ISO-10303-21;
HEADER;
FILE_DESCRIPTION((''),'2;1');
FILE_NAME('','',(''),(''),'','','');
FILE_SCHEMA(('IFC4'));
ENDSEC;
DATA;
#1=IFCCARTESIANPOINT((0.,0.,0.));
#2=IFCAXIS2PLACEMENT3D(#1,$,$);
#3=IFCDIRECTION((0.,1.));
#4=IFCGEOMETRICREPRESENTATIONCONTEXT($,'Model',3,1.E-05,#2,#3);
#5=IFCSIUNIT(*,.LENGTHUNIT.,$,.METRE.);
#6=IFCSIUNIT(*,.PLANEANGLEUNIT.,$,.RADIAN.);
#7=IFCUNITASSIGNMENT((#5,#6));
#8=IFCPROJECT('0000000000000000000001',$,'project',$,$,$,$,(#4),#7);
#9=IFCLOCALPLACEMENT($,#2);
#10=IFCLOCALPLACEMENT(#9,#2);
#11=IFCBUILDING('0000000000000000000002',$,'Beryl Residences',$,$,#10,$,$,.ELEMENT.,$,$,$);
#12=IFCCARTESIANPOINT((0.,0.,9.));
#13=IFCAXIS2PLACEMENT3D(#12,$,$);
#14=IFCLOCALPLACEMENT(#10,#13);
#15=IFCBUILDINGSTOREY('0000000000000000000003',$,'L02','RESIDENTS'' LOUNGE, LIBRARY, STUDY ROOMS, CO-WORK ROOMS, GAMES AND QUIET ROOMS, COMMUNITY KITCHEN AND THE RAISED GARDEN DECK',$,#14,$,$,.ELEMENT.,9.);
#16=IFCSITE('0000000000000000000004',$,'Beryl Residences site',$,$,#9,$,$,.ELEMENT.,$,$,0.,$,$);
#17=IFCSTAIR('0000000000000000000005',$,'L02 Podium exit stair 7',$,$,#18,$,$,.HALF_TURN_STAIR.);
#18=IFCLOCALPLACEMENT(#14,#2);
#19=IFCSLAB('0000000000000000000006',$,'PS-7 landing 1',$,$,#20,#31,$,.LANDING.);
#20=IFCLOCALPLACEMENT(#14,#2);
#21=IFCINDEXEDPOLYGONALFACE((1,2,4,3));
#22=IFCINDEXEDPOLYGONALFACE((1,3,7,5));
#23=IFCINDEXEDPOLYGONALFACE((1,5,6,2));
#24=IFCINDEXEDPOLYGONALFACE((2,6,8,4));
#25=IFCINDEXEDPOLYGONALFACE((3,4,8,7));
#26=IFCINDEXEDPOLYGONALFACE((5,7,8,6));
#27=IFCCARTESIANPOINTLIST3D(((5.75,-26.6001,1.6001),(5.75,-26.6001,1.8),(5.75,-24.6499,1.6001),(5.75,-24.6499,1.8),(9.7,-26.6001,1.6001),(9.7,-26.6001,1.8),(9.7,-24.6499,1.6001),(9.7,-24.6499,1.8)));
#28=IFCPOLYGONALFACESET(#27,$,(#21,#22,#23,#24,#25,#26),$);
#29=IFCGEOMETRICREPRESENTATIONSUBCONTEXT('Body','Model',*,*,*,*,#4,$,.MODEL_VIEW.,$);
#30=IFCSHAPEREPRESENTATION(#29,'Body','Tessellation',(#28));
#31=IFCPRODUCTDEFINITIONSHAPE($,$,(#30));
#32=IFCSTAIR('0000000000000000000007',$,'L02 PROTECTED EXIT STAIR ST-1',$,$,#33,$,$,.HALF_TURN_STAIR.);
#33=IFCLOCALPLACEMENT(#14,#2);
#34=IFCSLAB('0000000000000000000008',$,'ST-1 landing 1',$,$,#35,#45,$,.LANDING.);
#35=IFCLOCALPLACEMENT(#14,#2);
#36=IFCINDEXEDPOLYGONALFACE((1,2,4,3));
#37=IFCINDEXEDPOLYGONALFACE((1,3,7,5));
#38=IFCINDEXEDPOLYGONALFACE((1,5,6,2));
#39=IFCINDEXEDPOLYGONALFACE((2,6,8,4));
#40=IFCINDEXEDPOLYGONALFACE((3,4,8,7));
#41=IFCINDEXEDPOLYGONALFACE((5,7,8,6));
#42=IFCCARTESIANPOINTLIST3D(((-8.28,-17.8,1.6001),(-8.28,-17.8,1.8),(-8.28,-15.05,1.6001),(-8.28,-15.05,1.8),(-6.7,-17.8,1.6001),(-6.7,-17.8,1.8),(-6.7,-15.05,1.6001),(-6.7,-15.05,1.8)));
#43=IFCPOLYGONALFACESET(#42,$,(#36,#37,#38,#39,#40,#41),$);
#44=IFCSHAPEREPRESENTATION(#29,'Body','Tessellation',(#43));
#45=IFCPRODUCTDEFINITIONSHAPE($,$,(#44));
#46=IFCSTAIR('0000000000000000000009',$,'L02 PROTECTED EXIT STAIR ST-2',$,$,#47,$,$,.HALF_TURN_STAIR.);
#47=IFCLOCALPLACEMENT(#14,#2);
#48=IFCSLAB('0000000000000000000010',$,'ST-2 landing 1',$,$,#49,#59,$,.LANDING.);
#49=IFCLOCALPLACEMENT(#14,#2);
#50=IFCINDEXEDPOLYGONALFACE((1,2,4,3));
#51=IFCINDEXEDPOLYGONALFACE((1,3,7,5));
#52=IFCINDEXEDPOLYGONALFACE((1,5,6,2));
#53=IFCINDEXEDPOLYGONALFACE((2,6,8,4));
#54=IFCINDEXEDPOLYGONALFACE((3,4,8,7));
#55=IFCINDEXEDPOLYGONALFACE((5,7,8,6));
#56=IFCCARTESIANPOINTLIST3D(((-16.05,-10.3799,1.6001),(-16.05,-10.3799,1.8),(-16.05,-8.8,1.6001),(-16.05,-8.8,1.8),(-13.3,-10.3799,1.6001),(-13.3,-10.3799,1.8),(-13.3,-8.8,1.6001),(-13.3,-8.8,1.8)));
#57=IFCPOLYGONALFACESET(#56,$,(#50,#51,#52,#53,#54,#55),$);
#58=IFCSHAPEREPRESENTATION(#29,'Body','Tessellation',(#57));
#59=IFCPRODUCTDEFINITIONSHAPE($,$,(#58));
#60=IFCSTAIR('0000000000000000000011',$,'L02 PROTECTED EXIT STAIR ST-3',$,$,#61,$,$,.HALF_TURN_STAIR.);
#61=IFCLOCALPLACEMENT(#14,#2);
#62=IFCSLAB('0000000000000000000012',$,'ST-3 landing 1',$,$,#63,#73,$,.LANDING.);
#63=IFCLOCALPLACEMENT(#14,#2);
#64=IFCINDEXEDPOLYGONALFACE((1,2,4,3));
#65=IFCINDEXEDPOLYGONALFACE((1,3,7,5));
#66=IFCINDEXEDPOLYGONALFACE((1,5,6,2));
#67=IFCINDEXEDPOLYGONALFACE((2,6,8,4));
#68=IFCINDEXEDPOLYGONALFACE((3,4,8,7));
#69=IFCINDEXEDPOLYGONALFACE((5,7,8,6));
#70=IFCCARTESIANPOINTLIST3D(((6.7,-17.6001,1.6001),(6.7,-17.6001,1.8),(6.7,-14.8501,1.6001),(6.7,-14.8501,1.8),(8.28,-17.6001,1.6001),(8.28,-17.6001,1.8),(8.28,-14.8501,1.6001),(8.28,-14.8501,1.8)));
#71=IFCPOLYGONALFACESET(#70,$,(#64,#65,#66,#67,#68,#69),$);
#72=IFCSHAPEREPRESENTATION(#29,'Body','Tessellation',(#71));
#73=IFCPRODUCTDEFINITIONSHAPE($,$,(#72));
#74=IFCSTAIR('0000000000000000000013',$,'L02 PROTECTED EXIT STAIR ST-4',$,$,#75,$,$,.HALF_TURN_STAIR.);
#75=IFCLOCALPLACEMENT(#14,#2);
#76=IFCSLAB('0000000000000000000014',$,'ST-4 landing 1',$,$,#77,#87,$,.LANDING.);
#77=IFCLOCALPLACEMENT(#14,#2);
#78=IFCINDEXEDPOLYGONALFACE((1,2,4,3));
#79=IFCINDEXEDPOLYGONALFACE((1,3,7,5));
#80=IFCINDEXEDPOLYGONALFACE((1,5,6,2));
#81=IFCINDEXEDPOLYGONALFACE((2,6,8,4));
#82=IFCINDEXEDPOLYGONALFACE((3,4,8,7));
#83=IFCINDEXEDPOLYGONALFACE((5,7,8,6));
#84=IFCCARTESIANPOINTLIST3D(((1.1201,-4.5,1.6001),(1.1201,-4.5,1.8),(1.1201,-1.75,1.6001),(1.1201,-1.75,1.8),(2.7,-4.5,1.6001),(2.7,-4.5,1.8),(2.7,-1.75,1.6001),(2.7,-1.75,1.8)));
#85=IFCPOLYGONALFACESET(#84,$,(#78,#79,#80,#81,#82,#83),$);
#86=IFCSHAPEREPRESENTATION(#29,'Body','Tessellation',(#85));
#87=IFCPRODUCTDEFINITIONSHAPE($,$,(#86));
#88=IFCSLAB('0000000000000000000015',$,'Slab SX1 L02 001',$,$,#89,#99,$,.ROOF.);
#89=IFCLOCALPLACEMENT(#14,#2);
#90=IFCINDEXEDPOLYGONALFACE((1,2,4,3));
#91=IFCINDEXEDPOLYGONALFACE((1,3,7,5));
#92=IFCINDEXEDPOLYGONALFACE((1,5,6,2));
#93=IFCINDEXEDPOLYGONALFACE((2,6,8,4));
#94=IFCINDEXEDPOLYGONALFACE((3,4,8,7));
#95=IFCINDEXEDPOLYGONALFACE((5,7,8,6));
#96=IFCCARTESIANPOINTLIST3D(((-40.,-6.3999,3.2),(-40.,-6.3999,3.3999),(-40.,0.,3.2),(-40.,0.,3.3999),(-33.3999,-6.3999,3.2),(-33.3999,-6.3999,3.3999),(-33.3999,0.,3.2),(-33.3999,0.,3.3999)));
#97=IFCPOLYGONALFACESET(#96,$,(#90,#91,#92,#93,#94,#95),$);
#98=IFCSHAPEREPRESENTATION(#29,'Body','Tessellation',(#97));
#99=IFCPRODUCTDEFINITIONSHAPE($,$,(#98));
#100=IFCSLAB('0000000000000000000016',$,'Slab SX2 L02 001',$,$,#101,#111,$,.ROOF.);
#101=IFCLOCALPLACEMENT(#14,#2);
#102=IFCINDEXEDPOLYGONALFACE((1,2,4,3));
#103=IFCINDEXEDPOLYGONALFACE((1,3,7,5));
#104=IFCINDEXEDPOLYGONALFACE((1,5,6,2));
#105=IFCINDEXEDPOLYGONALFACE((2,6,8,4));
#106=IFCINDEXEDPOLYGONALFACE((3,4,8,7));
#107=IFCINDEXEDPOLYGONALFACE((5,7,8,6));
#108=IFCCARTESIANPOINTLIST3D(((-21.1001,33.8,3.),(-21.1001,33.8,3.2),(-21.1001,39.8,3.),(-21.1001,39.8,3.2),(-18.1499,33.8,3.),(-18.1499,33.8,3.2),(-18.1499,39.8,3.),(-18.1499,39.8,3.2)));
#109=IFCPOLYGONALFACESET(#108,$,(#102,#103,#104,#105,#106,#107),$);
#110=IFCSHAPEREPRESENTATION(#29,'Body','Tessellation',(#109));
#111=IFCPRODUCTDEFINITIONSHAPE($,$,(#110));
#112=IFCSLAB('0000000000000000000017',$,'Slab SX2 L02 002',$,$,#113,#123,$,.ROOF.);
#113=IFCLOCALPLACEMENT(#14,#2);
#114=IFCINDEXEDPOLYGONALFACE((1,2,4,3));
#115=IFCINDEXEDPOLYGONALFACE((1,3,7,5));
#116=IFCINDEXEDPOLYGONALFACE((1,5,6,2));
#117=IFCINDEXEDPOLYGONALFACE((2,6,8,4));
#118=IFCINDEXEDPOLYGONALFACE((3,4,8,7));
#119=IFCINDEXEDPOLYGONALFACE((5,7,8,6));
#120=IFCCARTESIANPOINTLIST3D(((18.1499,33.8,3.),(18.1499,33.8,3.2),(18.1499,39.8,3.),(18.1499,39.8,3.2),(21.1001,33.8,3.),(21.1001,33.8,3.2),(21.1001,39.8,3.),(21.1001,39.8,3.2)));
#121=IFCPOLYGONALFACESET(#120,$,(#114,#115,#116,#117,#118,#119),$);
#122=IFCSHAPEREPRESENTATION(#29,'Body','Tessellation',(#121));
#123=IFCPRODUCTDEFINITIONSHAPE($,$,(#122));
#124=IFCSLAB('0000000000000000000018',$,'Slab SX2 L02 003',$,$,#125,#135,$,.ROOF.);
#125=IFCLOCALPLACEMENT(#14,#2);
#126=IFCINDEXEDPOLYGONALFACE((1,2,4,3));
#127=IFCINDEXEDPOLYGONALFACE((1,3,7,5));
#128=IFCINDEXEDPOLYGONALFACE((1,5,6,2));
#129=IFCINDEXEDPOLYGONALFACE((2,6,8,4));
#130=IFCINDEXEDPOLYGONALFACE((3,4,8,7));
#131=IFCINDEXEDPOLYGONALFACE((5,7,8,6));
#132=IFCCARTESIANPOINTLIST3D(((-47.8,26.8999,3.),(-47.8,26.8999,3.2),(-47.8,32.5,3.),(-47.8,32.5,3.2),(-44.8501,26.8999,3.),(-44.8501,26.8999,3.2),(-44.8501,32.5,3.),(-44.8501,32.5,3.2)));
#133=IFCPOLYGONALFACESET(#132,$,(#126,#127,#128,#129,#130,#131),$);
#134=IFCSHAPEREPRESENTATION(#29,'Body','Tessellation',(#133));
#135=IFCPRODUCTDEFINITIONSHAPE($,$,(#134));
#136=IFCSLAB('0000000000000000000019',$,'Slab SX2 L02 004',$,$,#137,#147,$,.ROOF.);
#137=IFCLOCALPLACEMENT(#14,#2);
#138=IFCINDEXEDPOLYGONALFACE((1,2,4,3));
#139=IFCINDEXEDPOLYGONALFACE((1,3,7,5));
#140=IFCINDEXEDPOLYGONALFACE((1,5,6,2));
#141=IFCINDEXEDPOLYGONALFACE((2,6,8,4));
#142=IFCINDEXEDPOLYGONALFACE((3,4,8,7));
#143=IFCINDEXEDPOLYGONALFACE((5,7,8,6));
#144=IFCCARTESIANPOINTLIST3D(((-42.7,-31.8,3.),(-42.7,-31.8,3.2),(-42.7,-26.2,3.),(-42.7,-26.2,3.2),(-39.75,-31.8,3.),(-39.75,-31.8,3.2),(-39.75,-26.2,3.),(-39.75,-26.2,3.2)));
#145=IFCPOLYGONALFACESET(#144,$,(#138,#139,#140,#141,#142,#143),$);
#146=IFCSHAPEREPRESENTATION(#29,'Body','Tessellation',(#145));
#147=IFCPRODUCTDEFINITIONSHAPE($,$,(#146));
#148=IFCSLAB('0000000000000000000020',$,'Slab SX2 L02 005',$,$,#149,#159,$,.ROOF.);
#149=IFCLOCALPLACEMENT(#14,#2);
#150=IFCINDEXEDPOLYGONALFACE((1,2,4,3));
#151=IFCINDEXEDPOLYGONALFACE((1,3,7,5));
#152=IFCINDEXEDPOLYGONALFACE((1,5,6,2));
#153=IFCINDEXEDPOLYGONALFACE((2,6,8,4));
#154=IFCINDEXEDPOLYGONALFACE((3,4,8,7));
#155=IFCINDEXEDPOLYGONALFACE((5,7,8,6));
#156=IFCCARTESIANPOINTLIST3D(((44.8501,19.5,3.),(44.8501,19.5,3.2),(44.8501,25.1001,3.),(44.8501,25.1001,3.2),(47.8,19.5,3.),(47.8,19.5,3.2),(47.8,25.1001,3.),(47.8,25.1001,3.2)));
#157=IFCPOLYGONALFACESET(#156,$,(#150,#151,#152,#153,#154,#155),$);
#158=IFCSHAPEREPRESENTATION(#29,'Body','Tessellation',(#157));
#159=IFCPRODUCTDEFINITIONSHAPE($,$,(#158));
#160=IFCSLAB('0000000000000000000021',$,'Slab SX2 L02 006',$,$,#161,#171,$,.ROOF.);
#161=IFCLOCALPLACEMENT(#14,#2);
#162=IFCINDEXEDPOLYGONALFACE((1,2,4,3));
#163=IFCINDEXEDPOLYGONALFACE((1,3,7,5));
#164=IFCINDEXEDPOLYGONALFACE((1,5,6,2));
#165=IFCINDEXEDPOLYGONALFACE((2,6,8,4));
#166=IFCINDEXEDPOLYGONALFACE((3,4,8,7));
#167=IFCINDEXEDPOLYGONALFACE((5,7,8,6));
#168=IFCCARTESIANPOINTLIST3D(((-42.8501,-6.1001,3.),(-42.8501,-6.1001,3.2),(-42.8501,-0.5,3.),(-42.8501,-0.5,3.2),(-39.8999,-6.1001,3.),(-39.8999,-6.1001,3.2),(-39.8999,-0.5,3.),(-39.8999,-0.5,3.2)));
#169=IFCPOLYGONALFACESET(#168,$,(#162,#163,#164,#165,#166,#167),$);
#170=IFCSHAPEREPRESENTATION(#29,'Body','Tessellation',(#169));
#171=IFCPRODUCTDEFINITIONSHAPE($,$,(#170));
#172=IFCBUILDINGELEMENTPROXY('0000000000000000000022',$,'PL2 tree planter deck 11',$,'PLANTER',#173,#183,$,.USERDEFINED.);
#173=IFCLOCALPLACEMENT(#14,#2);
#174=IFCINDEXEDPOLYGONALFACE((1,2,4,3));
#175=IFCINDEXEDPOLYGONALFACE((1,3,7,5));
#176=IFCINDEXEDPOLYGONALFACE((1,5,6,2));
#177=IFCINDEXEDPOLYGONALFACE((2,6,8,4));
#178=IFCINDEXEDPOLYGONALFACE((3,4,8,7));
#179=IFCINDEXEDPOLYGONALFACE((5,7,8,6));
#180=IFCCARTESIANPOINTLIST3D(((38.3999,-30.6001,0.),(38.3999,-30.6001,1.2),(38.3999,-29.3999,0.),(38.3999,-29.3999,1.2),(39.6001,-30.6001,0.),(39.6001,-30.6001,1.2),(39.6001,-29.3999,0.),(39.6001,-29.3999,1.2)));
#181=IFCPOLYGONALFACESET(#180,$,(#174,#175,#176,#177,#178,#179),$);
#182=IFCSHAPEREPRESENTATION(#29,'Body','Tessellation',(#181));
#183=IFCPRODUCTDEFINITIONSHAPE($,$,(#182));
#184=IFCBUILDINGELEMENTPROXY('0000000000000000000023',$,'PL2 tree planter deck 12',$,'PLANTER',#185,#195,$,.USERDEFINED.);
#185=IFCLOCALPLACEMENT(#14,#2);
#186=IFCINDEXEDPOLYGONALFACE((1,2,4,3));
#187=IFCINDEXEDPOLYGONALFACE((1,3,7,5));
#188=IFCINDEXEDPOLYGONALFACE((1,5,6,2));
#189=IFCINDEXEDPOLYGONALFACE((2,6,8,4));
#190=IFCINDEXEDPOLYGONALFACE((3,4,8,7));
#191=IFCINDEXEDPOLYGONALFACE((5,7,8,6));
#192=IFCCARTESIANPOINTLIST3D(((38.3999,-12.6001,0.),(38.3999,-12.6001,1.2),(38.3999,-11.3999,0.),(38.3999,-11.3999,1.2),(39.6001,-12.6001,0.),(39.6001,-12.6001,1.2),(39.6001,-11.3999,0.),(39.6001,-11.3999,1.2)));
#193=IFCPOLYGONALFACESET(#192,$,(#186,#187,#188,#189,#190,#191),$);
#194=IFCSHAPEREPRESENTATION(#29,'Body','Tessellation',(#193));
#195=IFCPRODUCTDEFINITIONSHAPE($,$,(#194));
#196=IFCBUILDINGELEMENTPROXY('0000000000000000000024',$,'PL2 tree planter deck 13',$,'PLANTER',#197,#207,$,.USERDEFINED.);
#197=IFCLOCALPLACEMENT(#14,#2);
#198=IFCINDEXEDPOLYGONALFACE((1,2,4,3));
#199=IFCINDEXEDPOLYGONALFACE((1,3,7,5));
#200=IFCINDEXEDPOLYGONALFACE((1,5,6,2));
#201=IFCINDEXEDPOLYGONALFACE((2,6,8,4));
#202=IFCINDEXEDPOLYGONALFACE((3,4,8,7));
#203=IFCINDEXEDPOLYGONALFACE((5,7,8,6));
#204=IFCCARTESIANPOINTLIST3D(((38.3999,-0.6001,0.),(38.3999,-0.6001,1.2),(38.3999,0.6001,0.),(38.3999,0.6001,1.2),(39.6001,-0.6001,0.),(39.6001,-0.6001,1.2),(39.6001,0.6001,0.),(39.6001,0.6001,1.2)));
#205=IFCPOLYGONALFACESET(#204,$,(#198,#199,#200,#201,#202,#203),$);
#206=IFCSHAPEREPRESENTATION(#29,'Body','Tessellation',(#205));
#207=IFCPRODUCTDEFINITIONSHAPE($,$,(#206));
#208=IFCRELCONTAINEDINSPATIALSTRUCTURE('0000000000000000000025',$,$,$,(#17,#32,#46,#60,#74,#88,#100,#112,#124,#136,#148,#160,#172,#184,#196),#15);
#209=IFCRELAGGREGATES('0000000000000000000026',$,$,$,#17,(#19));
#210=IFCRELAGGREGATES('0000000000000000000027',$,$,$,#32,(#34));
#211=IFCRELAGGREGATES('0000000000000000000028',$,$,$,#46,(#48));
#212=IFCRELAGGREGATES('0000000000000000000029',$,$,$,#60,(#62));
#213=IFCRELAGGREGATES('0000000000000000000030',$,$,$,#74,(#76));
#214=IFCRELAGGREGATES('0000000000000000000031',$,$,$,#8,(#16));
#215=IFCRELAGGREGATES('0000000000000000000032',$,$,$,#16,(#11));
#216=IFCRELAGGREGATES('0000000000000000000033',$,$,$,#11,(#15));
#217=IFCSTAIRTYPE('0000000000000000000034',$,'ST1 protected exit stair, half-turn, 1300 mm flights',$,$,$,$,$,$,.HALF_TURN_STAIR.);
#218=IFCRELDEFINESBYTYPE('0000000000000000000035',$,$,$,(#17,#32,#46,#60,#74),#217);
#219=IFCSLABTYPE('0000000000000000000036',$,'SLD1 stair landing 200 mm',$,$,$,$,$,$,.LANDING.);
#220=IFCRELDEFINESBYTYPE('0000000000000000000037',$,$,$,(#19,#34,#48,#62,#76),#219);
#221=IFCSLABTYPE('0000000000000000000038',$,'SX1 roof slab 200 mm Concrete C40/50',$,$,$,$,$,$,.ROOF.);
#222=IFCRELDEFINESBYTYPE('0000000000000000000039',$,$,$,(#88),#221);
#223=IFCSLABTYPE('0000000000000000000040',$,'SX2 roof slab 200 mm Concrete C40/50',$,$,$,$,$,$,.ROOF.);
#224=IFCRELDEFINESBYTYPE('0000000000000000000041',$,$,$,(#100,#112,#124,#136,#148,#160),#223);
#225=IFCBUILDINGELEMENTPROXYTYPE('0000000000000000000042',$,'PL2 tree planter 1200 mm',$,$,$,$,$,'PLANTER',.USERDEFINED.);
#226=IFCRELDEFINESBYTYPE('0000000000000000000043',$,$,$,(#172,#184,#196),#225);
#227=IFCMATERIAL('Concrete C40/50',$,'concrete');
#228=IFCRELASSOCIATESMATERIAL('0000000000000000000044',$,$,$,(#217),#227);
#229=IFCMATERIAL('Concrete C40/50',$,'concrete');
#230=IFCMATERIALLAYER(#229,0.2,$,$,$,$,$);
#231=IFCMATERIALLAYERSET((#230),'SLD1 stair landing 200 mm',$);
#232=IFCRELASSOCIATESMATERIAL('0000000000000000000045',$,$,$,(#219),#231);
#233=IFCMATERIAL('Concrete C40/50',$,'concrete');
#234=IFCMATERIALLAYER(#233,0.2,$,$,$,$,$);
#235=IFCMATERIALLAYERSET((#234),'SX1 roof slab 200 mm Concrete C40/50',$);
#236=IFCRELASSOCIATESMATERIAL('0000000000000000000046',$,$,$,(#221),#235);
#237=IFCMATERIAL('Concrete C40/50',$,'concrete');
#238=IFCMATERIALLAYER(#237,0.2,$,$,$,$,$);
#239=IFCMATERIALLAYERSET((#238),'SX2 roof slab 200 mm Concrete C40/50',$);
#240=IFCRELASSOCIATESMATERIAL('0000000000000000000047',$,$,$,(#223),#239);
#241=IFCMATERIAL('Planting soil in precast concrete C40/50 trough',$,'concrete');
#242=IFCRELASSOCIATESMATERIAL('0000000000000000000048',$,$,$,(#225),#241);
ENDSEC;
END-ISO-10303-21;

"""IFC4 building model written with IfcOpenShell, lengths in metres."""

from ifc_helpers import new_model, si_unit, direction, frame, origin, place, context, subcontext, project, spatial, polyline, outline, extrude, material, layer, layer_set, type_object, element, aggregate, save


model = new_model("IFC4")

# Units and contexts
model_context = context("Model", 3, precision=1e-05, world=origin(), true_north=direction((0.0, 1.0)))
body_context = subcontext(model_context, "Body", "Model", "MODEL_VIEW")
ifc_project = project(units=[si_unit("LENGTHUNIT", "METRE"), si_unit("PLANEANGLEUNIT", "RADIAN")], contexts=[model_context])

# Site, building, storey
site_placement = place(None, origin())
site = spatial("IfcSite", under=ifc_project, at=site_placement, Name="Beryl Residences site", CompositionType="ELEMENT", RefElevation=0.0)
building_placement = place(site_placement, origin())
building = spatial("IfcBuilding", under=site, at=building_placement, Name="Beryl Residences", CompositionType="ELEMENT")
storey_placement = place(building_placement, frame((0.0, 0.0, 9.0)))
storey = spatial("IfcBuildingStorey", under=building, at=storey_placement, Name="L02", Description="RESIDENTS' LOUNGE, LIBRARY, STUDY ROOMS, CO-WORK ROOMS, GAMES AND QUIET ROOMS, COMMUNITY KITCHEN AND THE RAISED GARDEN DECK", CompositionType="ELEMENT", Elevation=9.0)

# Stairs, slabs
ifc_material_1 = material(Name="Concrete C40/50", Category="concrete")
stair_type = type_object("IfcStairType", Name="ST1 protected exit stair, half-turn, 1300 mm flights", PredefinedType="HALF_TURN_STAIR", material=ifc_material_1)
stair_1_placement = place(storey_placement, origin())
stair_1 = element("IfcStair", 1, at=stair_1_placement, inside=storey, type_object=stair_type, Name="L02 Podium exit stair 7", PredefinedType="HALF_TURN_STAIR")
ifc_material_2 = material(Name="Concrete C40/50", Category="concrete")
ifc_layer_1 = layer(ifc_material_2, 0.2)
ifc_layer_set_1 = layer_set([ifc_layer_1], Name="SLD1 stair landing 200 mm")
slab_type_1 = type_object("IfcSlabType", Name="SLD1 stair landing 200 mm", PredefinedType="LANDING", material=ifc_layer_set_1)
slab_1_placement = place(storey_placement, frame((0.0, 0.0, 1.6001)))
slab_1 = element("IfcSlab", 2, at=slab_1_placement, type_object=slab_type_1, Name="PS-7 landing 1", PredefinedType="LANDING", context=body_context, shape_type="SweptSolid", body=[
    extrude(outline(polyline([(5.75, -24.6499), (5.75, -26.6001), (9.7, -26.6001), (9.7, -24.6499), (5.75, -24.6499)])), origin(), (0.0, 0.0, 1.0), 0.2),
])
aggregate(stair_1, [slab_1])
stair_2_placement = place(storey_placement, origin())
stair_2 = element("IfcStair", 3, at=stair_2_placement, inside=storey, type_object=stair_type, Name="L02 PROTECTED EXIT STAIR ST-1", PredefinedType="HALF_TURN_STAIR")
slab_2_placement = place(storey_placement, frame((0.0, 0.0, 1.6001)))
slab_2 = element("IfcSlab", 4, at=slab_2_placement, type_object=slab_type_1, Name="ST-1 landing 1", PredefinedType="LANDING", context=body_context, shape_type="SweptSolid", body=[
    extrude(outline(polyline([(-8.28, -17.8), (-6.7, -17.8), (-6.7, -15.05), (-8.28, -15.05), (-8.28, -17.8)])), origin(), (0.0, 0.0, 1.0), 0.2),
])
aggregate(stair_2, [slab_2])
stair_3_placement = place(storey_placement, origin())
stair_3 = element("IfcStair", 5, at=stair_3_placement, inside=storey, type_object=stair_type, Name="L02 PROTECTED EXIT STAIR ST-2", PredefinedType="HALF_TURN_STAIR")
slab_3_placement = place(storey_placement, frame((0.0, 0.0, 1.6001)))
slab_3 = element("IfcSlab", 6, at=slab_3_placement, type_object=slab_type_1, Name="ST-2 landing 1", PredefinedType="LANDING", context=body_context, shape_type="SweptSolid", body=[
    extrude(outline(polyline([(-13.3, -10.3799), (-13.3, -8.8), (-16.05, -8.8), (-16.05, -10.3799), (-13.3, -10.3799)])), origin(), (0.0, 0.0, 1.0), 0.2),
])
aggregate(stair_3, [slab_3])
stair_4_placement = place(storey_placement, origin())
stair_4 = element("IfcStair", 7, at=stair_4_placement, inside=storey, type_object=stair_type, Name="L02 PROTECTED EXIT STAIR ST-3", PredefinedType="HALF_TURN_STAIR")
slab_4_placement = place(storey_placement, frame((0.0, 0.0, 1.6001)))
slab_4 = element("IfcSlab", 8, at=slab_4_placement, type_object=slab_type_1, Name="ST-3 landing 1", PredefinedType="LANDING", context=body_context, shape_type="SweptSolid", body=[
    extrude(outline(polyline([(8.28, -14.8501), (6.7, -14.8501), (6.7, -17.6001), (8.28, -17.6001), (8.28, -14.8501)])), origin(), (0.0, 0.0, 1.0), 0.2),
])
aggregate(stair_4, [slab_4])
stair_5_placement = place(storey_placement, origin())
stair_5 = element("IfcStair", 9, at=stair_5_placement, inside=storey, type_object=stair_type, Name="L02 PROTECTED EXIT STAIR ST-4", PredefinedType="HALF_TURN_STAIR")
slab_5_placement = place(storey_placement, frame((0.0, 0.0, 1.6001)))
slab_5 = element("IfcSlab", 10, at=slab_5_placement, type_object=slab_type_1, Name="ST-4 landing 1", PredefinedType="LANDING", context=body_context, shape_type="SweptSolid", body=[
    extrude(outline(polyline([(1.1201, -4.5), (2.7, -4.5), (2.7, -1.75), (1.1201, -1.75), (1.1201, -4.5)])), origin(), (0.0, 0.0, 1.0), 0.2),
])
aggregate(stair_5, [slab_5])

# Slabs
ifc_material_3 = material(Name="Concrete C40/50", Category="concrete")
ifc_layer_2 = layer(ifc_material_3, 0.2)
ifc_layer_set_2 = layer_set([ifc_layer_2], Name="SX1 roof slab 200 mm Concrete C40/50")
slab_type_2 = type_object("IfcSlabType", Name="SX1 roof slab 200 mm Concrete C40/50", PredefinedType="ROOF", material=ifc_layer_set_2)
slab_6_placement = place(storey_placement, frame((0.0, 0.0, 3.2)))
element("IfcSlab", 11, at=slab_6_placement, inside=storey, type_object=slab_type_2, Name="Slab SX1 L02 001", PredefinedType="ROOF", context=body_context, shape_type="SweptSolid", body=[
    extrude(outline(polyline([(-33.3999, -6.3999), (-33.3999, 0.0), (-40.0, 0.0), (-40.0, -6.3999), (-33.3999, -6.3999)])), origin(), (0.0, 0.0, 1.0), 0.2),
])
ifc_material_4 = material(Name="Concrete C40/50", Category="concrete")
ifc_layer_3 = layer(ifc_material_4, 0.2)
ifc_layer_set_3 = layer_set([ifc_layer_3], Name="SX2 roof slab 200 mm Concrete C40/50")
slab_type_3 = type_object("IfcSlabType", Name="SX2 roof slab 200 mm Concrete C40/50", PredefinedType="ROOF", material=ifc_layer_set_3)
slab_7_placement = place(storey_placement, frame((0.0, 0.0, 3.0)))
element("IfcSlab", 12, at=slab_7_placement, inside=storey, type_object=slab_type_3, Name="Slab SX2 L02 001", PredefinedType="ROOF", context=body_context, shape_type="SweptSolid", body=[
    extrude(outline(polyline([(-18.1499, 33.8), (-18.1499, 39.8), (-21.1001, 39.8), (-21.1001, 33.8), (-18.1499, 33.8)])), origin(), (0.0, 0.0, 1.0), 0.2),
])
slab_8_placement = place(storey_placement, frame((0.0, 0.0, 3.0)))
element("IfcSlab", 13, at=slab_8_placement, inside=storey, type_object=slab_type_3, Name="Slab SX2 L02 002", PredefinedType="ROOF", context=body_context, shape_type="SweptSolid", body=[
    extrude(outline(polyline([(21.1001, 33.8), (21.1001, 39.8), (18.1499, 39.8), (18.1499, 33.8), (21.1001, 33.8)])), origin(), (0.0, 0.0, 1.0), 0.2),
])
slab_9_placement = place(storey_placement, frame((0.0, 0.0, 3.0)))
element("IfcSlab", 14, at=slab_9_placement, inside=storey, type_object=slab_type_3, Name="Slab SX2 L02 003", PredefinedType="ROOF", context=body_context, shape_type="SweptSolid", body=[
    extrude(outline(polyline([(-44.8501, 26.8999), (-44.8501, 32.5), (-47.8, 32.5), (-47.8, 26.8999), (-44.8501, 26.8999)])), origin(), (0.0, 0.0, 1.0), 0.2),
])
slab_10_placement = place(storey_placement, frame((0.0, 0.0, 3.0)))
element("IfcSlab", 15, at=slab_10_placement, inside=storey, type_object=slab_type_3, Name="Slab SX2 L02 004", PredefinedType="ROOF", context=body_context, shape_type="SweptSolid", body=[
    extrude(outline(polyline([(-39.75, -31.8), (-39.75, -26.2), (-42.7, -26.2), (-42.7, -31.8), (-39.75, -31.8)])), origin(), (0.0, 0.0, 1.0), 0.2),
])
slab_11_placement = place(storey_placement, frame((0.0, 0.0, 3.0)))
element("IfcSlab", 16, at=slab_11_placement, inside=storey, type_object=slab_type_3, Name="Slab SX2 L02 005", PredefinedType="ROOF", context=body_context, shape_type="SweptSolid", body=[
    extrude(outline(polyline([(47.8, 19.5), (47.8, 25.1001), (44.8501, 25.1001), (44.8501, 19.5), (47.8, 19.5)])), origin(), (0.0, 0.0, 1.0), 0.2),
])
slab_12_placement = place(storey_placement, frame((0.0, 0.0, 3.0)))
element("IfcSlab", 17, at=slab_12_placement, inside=storey, type_object=slab_type_3, Name="Slab SX2 L02 006", PredefinedType="ROOF", context=body_context, shape_type="SweptSolid", body=[
    extrude(outline(polyline([(-39.8999, -6.1001), (-39.8999, -0.5), (-42.8501, -0.5), (-42.8501, -6.1001), (-39.8999, -6.1001)])), origin(), (0.0, 0.0, 1.0), 0.2),
])

# Building element proxies
ifc_material_5 = material(Name="Planting soil in precast concrete C40/50 trough", Category="concrete")
building_element_proxy_type = type_object("IfcBuildingElementProxyType", Name="PL2 tree planter 1200 mm", ElementType="PLANTER", PredefinedType="USERDEFINED", material=ifc_material_5)
proxy_1_placement = place(storey_placement, origin())
element("IfcBuildingElementProxy", 18, at=proxy_1_placement, inside=storey, type_object=building_element_proxy_type, Name="PL2 tree planter deck 11", ObjectType="PLANTER", PredefinedType="USERDEFINED", context=body_context, shape_type="SweptSolid", body=[
    extrude(outline(polyline([(39.6001, -30.6001), (39.6001, -29.3999), (38.3999, -29.3999), (38.3999, -30.6001), (39.6001, -30.6001)])), origin(), (0.0, 0.0, 1.0), 1.2),
])
proxy_2_placement = place(storey_placement, origin())
element("IfcBuildingElementProxy", 19, at=proxy_2_placement, inside=storey, type_object=building_element_proxy_type, Name="PL2 tree planter deck 12", ObjectType="PLANTER", PredefinedType="USERDEFINED", context=body_context, shape_type="SweptSolid", body=[
    extrude(outline(polyline([(39.6001, -12.6001), (39.6001, -11.3999), (38.3999, -11.3999), (38.3999, -12.6001), (39.6001, -12.6001)])), origin(), (0.0, 0.0, 1.0), 1.2),
])
proxy_3_placement = place(storey_placement, origin())
element("IfcBuildingElementProxy", 20, at=proxy_3_placement, inside=storey, type_object=building_element_proxy_type, Name="PL2 tree planter deck 13", ObjectType="PLANTER", PredefinedType="USERDEFINED", context=body_context, shape_type="SweptSolid", body=[
    extrude(outline(polyline([(39.6001, -0.6001), (39.6001, 0.6001), (38.3999, 0.6001), (38.3999, -0.6001), (39.6001, -0.6001)])), origin(), (0.0, 0.0, 1.0), 1.2),
])

save(model, "model.ifc")
